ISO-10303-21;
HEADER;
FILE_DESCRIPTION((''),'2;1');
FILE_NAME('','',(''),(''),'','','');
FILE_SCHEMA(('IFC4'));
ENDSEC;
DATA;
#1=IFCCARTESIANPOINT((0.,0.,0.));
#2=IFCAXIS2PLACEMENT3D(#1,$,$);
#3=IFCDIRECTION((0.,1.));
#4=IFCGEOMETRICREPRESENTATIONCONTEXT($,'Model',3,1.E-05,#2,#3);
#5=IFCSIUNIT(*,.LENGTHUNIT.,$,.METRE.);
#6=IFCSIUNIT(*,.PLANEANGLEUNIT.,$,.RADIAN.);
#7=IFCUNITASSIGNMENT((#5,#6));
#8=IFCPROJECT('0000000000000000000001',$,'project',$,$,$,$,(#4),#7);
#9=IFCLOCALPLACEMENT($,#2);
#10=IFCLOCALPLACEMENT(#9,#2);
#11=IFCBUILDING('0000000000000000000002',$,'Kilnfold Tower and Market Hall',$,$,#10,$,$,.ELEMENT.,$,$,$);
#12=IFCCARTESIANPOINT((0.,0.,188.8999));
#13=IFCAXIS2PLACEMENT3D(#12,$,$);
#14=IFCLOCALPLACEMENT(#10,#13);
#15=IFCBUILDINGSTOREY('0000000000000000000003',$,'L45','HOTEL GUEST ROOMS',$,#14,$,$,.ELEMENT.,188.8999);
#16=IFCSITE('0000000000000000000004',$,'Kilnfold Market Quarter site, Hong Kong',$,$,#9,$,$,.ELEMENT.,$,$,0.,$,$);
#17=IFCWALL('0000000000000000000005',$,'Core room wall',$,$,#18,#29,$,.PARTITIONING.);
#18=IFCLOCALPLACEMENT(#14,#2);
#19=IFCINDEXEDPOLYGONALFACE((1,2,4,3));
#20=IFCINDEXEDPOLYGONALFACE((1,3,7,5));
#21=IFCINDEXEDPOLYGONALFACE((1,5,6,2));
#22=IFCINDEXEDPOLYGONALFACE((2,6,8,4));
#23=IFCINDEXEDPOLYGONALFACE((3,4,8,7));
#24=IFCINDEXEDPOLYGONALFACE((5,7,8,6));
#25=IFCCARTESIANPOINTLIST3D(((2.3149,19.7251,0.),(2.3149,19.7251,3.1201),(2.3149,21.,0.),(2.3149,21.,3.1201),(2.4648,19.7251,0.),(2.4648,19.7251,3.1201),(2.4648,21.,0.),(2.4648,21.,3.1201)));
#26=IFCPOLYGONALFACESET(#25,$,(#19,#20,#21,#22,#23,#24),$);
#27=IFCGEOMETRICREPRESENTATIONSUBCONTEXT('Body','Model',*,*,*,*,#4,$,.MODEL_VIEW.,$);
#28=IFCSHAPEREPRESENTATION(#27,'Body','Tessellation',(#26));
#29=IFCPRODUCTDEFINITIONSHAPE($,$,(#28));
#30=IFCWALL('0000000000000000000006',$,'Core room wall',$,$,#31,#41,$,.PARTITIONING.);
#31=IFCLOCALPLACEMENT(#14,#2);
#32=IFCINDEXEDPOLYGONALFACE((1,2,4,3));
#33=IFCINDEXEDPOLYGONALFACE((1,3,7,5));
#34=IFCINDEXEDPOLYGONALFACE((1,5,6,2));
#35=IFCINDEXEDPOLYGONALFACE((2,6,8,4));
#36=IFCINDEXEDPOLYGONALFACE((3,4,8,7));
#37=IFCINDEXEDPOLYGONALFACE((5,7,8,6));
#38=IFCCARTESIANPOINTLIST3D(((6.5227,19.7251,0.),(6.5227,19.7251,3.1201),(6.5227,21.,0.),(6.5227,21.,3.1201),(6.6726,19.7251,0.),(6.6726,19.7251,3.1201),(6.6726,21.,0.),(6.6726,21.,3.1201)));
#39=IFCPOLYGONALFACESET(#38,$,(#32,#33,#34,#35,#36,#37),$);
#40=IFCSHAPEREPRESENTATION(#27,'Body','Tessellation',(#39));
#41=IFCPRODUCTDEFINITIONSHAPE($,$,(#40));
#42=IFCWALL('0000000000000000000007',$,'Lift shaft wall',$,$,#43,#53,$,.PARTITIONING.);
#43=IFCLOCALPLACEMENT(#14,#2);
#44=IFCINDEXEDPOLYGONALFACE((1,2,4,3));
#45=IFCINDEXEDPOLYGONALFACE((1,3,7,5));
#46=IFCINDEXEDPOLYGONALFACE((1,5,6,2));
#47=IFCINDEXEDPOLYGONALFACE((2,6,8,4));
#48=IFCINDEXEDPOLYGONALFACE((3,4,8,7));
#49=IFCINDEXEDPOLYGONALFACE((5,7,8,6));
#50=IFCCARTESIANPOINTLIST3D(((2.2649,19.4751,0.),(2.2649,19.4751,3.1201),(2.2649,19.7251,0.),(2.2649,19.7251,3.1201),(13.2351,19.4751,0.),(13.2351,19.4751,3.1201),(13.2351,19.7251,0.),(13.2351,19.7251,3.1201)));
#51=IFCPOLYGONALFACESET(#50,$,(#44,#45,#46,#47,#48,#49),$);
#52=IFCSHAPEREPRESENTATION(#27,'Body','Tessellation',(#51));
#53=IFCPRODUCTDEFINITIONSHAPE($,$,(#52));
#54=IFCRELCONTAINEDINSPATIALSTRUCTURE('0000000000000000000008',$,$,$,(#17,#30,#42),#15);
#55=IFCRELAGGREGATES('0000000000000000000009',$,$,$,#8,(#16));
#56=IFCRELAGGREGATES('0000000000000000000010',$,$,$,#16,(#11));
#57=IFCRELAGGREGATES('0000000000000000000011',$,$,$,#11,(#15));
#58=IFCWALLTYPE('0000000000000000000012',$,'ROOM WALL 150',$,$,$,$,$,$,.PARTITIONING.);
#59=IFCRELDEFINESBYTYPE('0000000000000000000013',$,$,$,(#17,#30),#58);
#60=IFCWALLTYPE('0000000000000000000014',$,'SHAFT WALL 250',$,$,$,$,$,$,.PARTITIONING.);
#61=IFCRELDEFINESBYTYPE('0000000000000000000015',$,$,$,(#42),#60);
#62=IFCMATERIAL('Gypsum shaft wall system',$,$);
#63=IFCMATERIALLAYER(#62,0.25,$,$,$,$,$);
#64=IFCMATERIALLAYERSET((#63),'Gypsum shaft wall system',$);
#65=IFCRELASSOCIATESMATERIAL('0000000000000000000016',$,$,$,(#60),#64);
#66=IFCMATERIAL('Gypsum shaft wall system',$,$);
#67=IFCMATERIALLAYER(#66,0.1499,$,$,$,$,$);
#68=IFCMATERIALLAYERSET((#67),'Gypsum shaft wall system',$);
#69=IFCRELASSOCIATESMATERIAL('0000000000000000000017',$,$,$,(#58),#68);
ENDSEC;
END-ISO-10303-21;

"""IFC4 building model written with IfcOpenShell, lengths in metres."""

from ifc_helpers import new_model, si_unit, direction, frame, frame_2d, origin, place, context, subcontext, project, spatial, rectangle, extrude, source, transform, mapped, material, layer, layer_set, type_object, element, save


model = new_model("IFC4")

# Units and contexts
model_context = context("Model", 3, precision=1e-05, world=origin(), true_north=direction((0.0, 1.0)))
body_context = subcontext(model_context, "Body", "Model", "MODEL_VIEW")
ifc_project = project(units=[si_unit("LENGTHUNIT", "METRE"), si_unit("PLANEANGLEUNIT", "RADIAN")], contexts=[model_context])

# Site, building, storey
site_placement = place(None, origin())
site = spatial("IfcSite", under=ifc_project, at=site_placement, Name="Kilnfold Market Quarter site, Hong Kong", CompositionType="ELEMENT", RefElevation=0.0)
building_placement = place(site_placement, origin())
building = spatial("IfcBuilding", under=site, at=building_placement, Name="Kilnfold Tower and Market Hall", CompositionType="ELEMENT")
storey_placement = place(building_placement, frame((0.0, 0.0, 188.8999)))
storey = spatial("IfcBuildingStorey", under=building, at=storey_placement, Name="L45", Description="HOTEL GUEST ROOMS", CompositionType="ELEMENT", Elevation=188.8999)

# Walls
ifc_material_1 = material(Name="Gypsum shaft wall system")
ifc_layer_1 = layer(ifc_material_1, 0.25)
ifc_layer_set_1 = layer_set([ifc_layer_1], Name="Gypsum shaft wall system")
wall_type_1 = type_object("IfcWallType", Name="SHAFT WALL 250", PredefinedType="PARTITIONING", material=ifc_layer_set_1)
ifc_material_2 = material(Name="Gypsum shaft wall system")
ifc_layer_2 = layer(ifc_material_2, 0.1499)
ifc_layer_set_2 = layer_set([ifc_layer_2], Name="Gypsum shaft wall system")
wall_type_2 = type_object("IfcWallType", Name="ROOM WALL 150", PredefinedType="PARTITIONING", material=ifc_layer_set_2)
shared_shape_1 = source(origin(), body_context, "Body", "SweptSolid", [
    extrude(rectangle(XDim=1.2749, YDim=0.1499, at=frame_2d((0.6375, 0.0))), origin(), (0.0, 0.0, 1.0), 3.1201),
])
for number, where, z_axis, x_axis, name in (
    (1, (2.3899, 19.7251, 0.0), (0.0, 0.0, 1.0), (0.0, 1.0, 0.0), "Core room wall"),
    (2, (6.5977, 19.7251, 0.0), (0.0, 0.0, 1.0), (0.0, 1.0, 0.0), "Core room wall"),
):
    element("IfcWall", number, at=place(storey_placement, frame(where, z_axis=z_axis, x_axis=x_axis)), inside=storey, type_object=wall_type_2, Name=name, PredefinedType="PARTITIONING", context=body_context, shape_type="MappedRepresentation", body=[
        mapped(shared_shape_1, transform((0.0, 0.0, 0.0))),
    ])
shared_shape_2 = source(origin(), body_context, "Body", "SweptSolid", [
    extrude(rectangle(XDim=10.9702, YDim=0.25, at=frame_2d((5.4851, 0.0))), origin(), (0.0, 0.0, 1.0), 3.1201),
])
wall_1_placement = place(storey_placement, frame((2.2649, 19.6001, 0.0), z_axis=(0.0, 0.0, 1.0), x_axis=(1.0, 0.0, 0.0)))
element("IfcWall", 3, at=wall_1_placement, inside=storey, type_object=wall_type_1, Name="Lift shaft wall", PredefinedType="PARTITIONING", context=body_context, shape_type="MappedRepresentation", body=[
    mapped(shared_shape_2, transform((0.0, 0.0, 0.0))),
])

save(model, "model.ifc")
